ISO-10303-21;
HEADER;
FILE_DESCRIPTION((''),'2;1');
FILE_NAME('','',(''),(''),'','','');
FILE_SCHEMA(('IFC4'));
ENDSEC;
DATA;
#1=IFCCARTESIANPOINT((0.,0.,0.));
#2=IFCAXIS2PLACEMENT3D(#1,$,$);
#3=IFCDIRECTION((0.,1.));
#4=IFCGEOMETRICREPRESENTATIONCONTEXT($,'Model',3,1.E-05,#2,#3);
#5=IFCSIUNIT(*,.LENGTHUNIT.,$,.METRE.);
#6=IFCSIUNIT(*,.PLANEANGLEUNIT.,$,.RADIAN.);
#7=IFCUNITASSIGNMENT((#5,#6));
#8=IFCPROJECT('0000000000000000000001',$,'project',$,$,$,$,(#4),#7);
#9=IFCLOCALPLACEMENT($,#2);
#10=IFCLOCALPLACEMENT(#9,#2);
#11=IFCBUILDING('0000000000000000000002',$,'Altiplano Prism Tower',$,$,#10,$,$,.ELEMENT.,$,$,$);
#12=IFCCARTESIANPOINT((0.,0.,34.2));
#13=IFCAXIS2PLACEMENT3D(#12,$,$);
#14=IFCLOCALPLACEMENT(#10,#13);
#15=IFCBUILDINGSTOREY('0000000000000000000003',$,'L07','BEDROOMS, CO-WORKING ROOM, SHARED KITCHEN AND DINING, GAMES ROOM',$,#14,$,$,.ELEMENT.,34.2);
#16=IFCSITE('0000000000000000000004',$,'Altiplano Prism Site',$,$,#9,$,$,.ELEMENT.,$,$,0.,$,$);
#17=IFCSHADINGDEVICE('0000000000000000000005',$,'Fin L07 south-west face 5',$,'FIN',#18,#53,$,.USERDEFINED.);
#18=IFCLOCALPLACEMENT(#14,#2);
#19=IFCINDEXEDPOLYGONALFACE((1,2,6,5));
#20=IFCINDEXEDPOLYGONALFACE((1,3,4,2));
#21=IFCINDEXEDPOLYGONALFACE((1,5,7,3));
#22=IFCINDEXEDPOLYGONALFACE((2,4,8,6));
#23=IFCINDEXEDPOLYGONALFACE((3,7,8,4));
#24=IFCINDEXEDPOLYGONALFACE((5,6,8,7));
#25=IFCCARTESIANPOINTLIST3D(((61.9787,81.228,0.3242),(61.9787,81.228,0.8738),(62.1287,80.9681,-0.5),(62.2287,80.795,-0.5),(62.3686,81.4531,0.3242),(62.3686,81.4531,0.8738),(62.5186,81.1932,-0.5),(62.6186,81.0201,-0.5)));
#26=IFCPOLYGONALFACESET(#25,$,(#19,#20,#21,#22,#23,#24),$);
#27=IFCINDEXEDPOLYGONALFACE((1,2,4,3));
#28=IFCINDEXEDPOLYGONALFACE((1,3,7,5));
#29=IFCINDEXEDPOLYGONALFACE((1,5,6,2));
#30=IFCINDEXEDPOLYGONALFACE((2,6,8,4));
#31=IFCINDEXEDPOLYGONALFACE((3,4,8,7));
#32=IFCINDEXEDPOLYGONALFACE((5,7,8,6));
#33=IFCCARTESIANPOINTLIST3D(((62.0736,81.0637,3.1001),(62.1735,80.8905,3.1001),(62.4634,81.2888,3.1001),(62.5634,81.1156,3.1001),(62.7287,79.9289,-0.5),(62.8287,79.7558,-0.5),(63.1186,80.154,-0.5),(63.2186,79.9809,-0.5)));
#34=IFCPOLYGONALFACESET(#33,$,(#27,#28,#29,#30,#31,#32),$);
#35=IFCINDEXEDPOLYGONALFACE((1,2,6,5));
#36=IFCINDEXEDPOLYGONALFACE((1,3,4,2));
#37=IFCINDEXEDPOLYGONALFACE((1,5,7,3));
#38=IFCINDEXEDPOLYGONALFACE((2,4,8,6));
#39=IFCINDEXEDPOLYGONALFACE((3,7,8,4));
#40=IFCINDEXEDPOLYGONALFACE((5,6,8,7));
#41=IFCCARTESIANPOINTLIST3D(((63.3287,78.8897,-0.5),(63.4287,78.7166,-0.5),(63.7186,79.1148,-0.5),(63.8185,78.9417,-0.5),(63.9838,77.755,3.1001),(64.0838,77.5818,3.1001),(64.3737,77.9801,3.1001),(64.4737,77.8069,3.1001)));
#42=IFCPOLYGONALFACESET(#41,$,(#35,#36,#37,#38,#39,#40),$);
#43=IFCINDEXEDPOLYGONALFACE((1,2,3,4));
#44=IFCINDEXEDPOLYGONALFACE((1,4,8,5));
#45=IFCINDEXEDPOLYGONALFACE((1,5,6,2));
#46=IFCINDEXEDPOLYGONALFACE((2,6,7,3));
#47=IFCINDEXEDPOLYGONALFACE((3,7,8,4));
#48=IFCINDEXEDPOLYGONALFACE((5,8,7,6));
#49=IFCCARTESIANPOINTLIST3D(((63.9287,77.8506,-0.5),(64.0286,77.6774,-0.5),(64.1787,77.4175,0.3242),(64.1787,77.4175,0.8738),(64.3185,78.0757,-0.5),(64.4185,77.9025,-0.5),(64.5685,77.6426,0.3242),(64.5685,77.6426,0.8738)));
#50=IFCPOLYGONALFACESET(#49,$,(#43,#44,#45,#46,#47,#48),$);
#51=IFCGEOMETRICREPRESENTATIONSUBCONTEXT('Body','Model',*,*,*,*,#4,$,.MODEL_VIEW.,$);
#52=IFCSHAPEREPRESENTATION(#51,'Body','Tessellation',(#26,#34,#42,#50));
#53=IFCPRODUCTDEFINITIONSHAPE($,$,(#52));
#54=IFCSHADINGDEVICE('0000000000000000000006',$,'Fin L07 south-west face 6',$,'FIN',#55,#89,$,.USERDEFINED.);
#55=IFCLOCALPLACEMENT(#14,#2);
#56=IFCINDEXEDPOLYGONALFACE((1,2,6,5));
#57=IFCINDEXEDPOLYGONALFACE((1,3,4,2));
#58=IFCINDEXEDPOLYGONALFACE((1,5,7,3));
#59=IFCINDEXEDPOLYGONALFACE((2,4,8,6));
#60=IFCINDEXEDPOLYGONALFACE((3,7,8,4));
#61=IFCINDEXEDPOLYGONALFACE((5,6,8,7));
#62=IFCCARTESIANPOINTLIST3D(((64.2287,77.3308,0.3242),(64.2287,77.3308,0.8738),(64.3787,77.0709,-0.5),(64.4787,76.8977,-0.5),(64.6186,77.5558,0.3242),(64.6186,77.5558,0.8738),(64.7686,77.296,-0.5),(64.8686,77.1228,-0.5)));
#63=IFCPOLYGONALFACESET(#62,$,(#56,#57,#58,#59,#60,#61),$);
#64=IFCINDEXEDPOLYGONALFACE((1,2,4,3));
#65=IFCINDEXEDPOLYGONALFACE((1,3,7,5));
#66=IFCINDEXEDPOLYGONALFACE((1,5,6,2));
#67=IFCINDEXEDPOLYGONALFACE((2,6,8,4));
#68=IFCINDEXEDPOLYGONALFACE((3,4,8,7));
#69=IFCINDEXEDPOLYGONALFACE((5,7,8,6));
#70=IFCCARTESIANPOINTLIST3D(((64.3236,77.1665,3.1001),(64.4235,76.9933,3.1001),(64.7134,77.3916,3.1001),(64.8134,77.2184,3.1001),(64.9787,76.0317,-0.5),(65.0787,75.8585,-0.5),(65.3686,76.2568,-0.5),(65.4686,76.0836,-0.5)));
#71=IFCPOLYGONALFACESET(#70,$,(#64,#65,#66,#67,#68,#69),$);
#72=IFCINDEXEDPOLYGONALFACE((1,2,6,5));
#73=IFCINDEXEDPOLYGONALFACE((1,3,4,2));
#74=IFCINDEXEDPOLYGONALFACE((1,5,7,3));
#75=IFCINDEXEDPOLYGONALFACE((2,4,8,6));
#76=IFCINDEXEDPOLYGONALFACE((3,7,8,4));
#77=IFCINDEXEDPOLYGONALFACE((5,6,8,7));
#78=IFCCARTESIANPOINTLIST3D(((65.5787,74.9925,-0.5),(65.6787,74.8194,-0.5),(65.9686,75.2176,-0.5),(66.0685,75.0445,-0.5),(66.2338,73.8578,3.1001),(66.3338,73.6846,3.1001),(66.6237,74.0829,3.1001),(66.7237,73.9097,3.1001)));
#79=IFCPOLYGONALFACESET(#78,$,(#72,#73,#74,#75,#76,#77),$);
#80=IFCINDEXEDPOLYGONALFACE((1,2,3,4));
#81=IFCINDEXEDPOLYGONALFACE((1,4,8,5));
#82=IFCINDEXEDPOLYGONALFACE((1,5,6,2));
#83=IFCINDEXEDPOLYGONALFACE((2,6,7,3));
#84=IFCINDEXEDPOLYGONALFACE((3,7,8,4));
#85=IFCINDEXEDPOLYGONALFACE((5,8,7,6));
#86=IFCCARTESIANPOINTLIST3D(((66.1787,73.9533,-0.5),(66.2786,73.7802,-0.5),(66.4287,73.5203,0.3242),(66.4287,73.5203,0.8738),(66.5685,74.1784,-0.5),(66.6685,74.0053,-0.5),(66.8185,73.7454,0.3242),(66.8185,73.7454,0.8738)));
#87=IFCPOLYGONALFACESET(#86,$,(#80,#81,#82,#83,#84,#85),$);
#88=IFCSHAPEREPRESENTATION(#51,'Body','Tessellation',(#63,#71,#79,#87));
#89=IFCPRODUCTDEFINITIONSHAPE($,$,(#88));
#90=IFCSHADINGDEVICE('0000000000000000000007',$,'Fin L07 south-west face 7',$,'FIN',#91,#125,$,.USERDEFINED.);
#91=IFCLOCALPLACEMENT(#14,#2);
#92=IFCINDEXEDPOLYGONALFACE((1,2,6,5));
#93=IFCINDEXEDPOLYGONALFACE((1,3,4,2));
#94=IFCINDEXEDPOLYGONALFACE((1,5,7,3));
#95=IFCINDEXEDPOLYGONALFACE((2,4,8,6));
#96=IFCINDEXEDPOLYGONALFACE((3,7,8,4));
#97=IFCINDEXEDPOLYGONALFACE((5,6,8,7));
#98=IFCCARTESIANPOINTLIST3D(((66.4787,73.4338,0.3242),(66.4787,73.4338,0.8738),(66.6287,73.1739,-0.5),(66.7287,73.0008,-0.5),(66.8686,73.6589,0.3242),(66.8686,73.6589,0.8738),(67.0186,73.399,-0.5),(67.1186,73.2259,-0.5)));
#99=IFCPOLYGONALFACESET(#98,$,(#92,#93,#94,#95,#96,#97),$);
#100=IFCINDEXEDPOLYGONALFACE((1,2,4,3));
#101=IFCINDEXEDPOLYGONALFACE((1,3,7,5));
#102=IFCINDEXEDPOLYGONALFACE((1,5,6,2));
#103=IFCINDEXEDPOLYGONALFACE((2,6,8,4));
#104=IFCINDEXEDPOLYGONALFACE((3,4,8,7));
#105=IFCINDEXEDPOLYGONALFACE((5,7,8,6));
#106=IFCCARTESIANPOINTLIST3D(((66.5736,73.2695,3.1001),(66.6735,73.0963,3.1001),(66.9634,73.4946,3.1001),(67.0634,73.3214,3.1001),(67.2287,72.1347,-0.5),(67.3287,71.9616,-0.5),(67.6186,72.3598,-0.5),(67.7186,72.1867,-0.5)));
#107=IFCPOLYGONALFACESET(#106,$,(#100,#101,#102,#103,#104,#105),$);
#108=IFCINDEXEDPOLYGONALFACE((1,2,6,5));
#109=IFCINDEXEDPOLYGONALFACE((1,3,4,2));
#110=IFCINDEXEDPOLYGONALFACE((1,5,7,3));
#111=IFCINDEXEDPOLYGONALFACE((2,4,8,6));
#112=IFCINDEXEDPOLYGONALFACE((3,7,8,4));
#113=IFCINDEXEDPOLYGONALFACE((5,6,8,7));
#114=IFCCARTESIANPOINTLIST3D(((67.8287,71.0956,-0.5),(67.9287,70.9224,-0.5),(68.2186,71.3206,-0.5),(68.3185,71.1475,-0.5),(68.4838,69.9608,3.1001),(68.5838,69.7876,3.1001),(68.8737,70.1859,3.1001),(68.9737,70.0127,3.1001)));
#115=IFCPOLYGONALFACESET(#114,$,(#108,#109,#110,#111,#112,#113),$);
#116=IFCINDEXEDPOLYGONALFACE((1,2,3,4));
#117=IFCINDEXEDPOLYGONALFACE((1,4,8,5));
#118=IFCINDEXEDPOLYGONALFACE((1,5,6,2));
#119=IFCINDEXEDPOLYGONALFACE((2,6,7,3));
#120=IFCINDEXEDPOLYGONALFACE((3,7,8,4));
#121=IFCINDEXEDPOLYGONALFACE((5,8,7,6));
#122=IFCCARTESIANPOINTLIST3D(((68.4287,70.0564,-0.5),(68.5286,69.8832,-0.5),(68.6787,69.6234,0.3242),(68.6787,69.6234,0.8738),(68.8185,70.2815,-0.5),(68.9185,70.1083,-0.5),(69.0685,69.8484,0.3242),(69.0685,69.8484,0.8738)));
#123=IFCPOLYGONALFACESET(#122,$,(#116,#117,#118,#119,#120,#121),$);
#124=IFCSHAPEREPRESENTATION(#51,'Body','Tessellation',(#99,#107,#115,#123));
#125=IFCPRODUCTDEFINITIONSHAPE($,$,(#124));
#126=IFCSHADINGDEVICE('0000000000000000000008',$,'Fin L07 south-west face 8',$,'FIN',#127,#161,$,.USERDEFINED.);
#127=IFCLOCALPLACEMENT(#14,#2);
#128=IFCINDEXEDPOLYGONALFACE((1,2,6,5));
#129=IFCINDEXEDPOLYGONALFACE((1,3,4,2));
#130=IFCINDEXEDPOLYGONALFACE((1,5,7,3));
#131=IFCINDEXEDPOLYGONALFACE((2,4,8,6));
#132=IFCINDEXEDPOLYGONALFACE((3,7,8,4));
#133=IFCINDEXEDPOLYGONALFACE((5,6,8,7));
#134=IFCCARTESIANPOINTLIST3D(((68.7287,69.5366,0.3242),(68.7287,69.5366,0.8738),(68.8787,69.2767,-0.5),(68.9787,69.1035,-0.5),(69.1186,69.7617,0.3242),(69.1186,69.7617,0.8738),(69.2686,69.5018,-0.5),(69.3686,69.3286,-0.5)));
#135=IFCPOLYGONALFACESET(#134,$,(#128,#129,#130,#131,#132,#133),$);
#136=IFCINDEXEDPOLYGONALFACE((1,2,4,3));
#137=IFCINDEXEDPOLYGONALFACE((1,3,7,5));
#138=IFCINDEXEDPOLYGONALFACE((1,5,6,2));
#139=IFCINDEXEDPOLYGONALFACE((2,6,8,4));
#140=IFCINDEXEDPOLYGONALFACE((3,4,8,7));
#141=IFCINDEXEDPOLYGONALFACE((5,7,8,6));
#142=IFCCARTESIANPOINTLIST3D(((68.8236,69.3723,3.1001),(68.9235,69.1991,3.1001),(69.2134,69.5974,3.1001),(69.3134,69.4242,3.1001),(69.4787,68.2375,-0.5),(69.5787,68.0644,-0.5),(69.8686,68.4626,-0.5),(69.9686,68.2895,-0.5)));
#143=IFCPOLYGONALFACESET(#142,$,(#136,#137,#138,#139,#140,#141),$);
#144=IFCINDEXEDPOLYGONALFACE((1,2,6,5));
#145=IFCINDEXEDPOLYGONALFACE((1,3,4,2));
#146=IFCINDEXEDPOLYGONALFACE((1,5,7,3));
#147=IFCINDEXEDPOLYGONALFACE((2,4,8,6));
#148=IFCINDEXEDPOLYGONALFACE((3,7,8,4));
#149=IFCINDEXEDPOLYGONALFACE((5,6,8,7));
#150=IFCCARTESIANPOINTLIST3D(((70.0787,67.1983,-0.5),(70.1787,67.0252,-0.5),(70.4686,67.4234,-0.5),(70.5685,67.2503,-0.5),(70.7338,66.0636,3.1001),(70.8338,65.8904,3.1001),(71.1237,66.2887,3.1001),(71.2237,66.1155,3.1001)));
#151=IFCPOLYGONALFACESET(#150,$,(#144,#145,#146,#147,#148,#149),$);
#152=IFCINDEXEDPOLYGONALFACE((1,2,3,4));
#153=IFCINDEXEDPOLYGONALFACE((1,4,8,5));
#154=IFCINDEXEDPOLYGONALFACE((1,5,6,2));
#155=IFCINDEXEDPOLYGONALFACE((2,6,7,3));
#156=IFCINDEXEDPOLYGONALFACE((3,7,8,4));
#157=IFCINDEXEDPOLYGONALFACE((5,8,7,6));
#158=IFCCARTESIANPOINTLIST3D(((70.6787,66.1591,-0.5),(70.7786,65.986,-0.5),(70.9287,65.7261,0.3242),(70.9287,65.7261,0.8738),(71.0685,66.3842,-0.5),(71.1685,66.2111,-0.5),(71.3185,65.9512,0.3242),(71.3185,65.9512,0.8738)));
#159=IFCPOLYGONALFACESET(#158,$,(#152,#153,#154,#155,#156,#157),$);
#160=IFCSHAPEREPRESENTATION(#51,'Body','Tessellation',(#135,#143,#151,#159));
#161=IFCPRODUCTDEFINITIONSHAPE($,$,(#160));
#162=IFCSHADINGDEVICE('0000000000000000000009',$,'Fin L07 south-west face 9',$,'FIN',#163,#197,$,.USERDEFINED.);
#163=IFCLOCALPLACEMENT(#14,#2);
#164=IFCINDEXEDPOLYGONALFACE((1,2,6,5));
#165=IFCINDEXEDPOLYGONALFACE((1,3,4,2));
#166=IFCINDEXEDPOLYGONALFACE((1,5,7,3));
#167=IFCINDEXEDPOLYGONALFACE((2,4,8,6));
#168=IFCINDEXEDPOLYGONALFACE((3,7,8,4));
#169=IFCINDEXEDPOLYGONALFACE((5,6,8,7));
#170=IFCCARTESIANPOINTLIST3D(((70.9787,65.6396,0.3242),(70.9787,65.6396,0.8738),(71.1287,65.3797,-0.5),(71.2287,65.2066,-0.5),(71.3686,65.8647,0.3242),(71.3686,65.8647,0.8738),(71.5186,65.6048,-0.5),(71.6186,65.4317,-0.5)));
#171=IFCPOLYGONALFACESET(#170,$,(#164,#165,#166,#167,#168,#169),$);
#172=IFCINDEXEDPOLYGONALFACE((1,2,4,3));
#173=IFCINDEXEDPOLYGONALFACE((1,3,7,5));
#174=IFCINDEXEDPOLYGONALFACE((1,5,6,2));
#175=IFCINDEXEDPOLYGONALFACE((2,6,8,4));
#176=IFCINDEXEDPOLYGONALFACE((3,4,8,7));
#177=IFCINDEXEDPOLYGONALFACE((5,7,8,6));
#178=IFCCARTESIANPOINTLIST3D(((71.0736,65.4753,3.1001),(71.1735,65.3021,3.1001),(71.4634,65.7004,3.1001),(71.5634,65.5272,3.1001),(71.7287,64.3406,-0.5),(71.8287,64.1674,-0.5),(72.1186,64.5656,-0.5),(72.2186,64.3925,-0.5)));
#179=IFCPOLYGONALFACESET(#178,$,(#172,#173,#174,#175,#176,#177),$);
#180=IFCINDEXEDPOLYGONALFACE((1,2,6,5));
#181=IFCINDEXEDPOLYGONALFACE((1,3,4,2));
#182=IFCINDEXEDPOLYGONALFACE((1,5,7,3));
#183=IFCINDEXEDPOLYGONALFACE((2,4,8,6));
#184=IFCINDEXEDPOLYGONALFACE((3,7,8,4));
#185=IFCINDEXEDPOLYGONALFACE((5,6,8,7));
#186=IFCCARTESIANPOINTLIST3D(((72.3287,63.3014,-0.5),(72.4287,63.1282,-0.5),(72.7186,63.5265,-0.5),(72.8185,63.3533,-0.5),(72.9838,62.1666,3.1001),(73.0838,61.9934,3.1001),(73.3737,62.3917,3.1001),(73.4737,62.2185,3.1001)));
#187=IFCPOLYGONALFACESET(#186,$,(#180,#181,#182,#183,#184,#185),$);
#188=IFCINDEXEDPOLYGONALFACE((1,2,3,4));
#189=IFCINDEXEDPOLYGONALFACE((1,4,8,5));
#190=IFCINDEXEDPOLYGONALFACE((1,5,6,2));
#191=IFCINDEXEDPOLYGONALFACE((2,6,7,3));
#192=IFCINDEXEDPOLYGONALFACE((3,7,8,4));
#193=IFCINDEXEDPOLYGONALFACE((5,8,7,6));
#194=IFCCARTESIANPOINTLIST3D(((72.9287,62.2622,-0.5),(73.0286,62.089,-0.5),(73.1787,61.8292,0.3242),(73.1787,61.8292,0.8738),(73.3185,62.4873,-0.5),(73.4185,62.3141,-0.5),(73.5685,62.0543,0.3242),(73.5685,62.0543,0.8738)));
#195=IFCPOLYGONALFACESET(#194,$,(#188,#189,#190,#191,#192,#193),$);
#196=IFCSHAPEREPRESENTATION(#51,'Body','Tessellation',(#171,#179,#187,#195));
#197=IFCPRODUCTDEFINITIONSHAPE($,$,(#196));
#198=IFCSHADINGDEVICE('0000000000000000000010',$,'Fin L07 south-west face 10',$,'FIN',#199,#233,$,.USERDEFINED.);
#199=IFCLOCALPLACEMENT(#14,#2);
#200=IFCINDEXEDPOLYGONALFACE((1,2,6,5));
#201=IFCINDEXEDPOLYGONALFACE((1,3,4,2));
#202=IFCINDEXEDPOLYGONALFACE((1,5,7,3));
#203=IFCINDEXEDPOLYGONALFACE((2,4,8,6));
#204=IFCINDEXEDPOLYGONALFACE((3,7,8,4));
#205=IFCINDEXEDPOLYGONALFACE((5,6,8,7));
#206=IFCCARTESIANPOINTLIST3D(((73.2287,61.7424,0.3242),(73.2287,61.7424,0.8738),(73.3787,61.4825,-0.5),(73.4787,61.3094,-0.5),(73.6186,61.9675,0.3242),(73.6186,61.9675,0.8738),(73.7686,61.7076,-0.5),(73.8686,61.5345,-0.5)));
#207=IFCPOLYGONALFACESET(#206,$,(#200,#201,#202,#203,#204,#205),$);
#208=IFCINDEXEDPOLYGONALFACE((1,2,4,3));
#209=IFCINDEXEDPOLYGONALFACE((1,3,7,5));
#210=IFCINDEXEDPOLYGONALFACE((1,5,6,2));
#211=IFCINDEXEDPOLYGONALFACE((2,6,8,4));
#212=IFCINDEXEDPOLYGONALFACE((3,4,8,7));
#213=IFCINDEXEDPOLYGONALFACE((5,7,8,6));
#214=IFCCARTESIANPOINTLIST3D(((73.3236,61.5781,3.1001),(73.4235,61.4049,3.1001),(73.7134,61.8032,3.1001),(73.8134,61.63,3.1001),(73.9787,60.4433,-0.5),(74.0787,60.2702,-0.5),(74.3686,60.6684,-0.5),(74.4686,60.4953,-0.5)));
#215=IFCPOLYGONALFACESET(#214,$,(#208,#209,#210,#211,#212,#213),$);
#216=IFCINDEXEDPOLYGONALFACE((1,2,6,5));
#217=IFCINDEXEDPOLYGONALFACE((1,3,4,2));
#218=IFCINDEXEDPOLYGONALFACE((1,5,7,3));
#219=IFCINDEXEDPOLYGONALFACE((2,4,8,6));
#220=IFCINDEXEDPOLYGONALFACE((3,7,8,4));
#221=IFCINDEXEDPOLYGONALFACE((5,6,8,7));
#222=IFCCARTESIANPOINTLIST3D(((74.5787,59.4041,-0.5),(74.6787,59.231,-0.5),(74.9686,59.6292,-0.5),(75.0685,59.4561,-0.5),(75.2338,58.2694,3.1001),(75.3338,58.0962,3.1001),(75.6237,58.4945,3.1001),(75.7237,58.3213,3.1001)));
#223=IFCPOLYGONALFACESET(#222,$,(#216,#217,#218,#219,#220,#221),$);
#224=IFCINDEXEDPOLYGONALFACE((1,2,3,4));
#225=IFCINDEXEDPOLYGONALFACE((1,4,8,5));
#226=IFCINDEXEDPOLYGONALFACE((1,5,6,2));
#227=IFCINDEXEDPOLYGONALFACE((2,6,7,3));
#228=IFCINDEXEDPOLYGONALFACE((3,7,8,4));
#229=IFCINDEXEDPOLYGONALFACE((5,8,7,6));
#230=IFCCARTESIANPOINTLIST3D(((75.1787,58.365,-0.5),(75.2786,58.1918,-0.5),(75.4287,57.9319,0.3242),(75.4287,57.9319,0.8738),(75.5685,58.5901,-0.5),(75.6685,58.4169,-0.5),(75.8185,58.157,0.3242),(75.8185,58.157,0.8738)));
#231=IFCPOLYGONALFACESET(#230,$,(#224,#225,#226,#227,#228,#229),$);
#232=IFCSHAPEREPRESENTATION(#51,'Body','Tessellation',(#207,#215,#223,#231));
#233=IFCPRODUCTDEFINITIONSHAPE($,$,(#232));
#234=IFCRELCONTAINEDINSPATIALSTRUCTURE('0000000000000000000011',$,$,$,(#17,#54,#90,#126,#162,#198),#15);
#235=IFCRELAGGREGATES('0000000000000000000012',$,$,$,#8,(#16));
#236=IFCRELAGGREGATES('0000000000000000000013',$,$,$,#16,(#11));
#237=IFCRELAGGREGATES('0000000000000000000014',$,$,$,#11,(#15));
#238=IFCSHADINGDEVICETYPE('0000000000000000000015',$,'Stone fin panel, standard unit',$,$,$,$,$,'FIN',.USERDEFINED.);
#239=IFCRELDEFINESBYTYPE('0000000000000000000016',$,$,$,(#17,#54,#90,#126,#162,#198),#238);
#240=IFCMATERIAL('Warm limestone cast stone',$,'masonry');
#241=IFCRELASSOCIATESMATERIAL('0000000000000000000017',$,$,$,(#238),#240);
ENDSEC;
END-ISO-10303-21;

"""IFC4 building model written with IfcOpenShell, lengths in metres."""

from ifc_helpers import new_model, si_unit, direction, frame, origin, place, context, subcontext, project, spatial, polyline, outline, extrude, source, transform, mapped, material, type_object, element, save


model = new_model("IFC4")

# Units and contexts
model_context = context("Model", 3, precision=1e-05, world=origin(), true_north=direction((0.0, 1.0)))
body_context = subcontext(model_context, "Body", "Model", "MODEL_VIEW")
ifc_project = project(units=[si_unit("LENGTHUNIT", "METRE"), si_unit("PLANEANGLEUNIT", "RADIAN")], contexts=[model_context])

# Site, building, storey
site_placement = place(None, origin())
site = spatial("IfcSite", under=ifc_project, at=site_placement, Name="Altiplano Prism Site", CompositionType="ELEMENT", RefElevation=0.0)
building_placement = place(site_placement, origin())
building = spatial("IfcBuilding", under=site, at=building_placement, Name="Altiplano Prism Tower", CompositionType="ELEMENT")
storey_placement = place(building_placement, frame((0.0, 0.0, 34.2)))
storey = spatial("IfcBuildingStorey", under=building, at=storey_placement, Name="L07", Description="BEDROOMS, CO-WORKING ROOM, SHARED KITCHEN AND DINING, GAMES ROOM", CompositionType="ELEMENT", Elevation=34.2)

# Shading devices
ifc_material_1 = material(Name="Warm limestone cast stone", Category="masonry")
shading_device_type_1 = type_object("IfcShadingDeviceType", Name="Stone fin panel, standard unit", ElementType="FIN", PredefinedType="USERDEFINED", material=ifc_material_1)
shared_shape_1 = source(origin(), body_context, "Body", "SweptSolid", [
    extrude(outline(polyline([(-2.2, 1.3738), (-2.2, 0.8242), (-1.8999, 0.0), (-1.7, 0.0), (-2.2, 1.3738)])), frame((0.0, -0.1499, 0.0), z_axis=(0.0, -1.0, 0.0), x_axis=(1.0, 0.0, 0.0)), (0.0, 0.0, 1.0), 0.4502),
    extrude(outline(polyline([(-2.0103, 3.6001), (-0.7, 0.0), (-0.5, 0.0), (-1.8103, 3.6001), (-2.0103, 3.6001)])), frame((0.0, -0.1499, 0.0), z_axis=(0.0, -1.0, 0.0), x_axis=(1.0, 0.0, 0.0)), (0.0, 0.0, 1.0), 0.4502),
    extrude(outline(polyline([(1.8103, 3.6001), (0.5, 0.0), (0.7, 0.0), (2.0103, 3.6001), (1.8103, 3.6001)])), frame((0.0, -0.1499, 0.0), z_axis=(0.0, -1.0, 0.0), x_axis=(1.0, 0.0, 0.0)), (0.0, 0.0, 1.0), 0.4502),
    extrude(outline(polyline([(2.2, 0.8242), (2.2, 1.3738), (1.7, 0.0), (1.8999, 0.0), (2.2, 0.8242)])), frame((0.0, -0.1499, 0.0), z_axis=(0.0, -1.0, 0.0), x_axis=(1.0, 0.0, 0.0)), (0.0, 0.0, 1.0), 0.4502),
])
shading_device_1_placement = place(storey_placement, origin())
element("IfcShadingDevice", 1, at=shading_device_1_placement, inside=storey, type_object=shading_device_type_1, Name="Fin L07 south-west face 5", ObjectType="FIN", PredefinedType="USERDEFINED", context=body_context, shape_type="MappedRepresentation", body=[
    mapped(shared_shape_1, transform((63.5984, 79.6228, -0.5), x_axis=(0.5, -0.866025, 0.0), y_axis=(0.866025, 0.5, 0.0), z_axis=(0.0, 0.0, 1.0))),
])
shading_device_2_placement = place(storey_placement, origin())
element("IfcShadingDevice", 2, at=shading_device_2_placement, inside=storey, type_object=shading_device_type_1, Name="Fin L07 south-west face 6", ObjectType="FIN", PredefinedType="USERDEFINED", context=body_context, shape_type="MappedRepresentation", body=[
    mapped(shared_shape_1, transform((65.8484, 75.7256, -0.5), x_axis=(0.5, -0.866025, 0.0), y_axis=(0.866025, 0.5, 0.0), z_axis=(0.0, 0.0, 1.0))),
])
shading_device_3_placement = place(storey_placement, origin())
element("IfcShadingDevice", 3, at=shading_device_3_placement, inside=storey, type_object=shading_device_type_1, Name="Fin L07 south-west face 7", ObjectType="FIN", PredefinedType="USERDEFINED", context=body_context, shape_type="MappedRepresentation", body=[
    mapped(shared_shape_1, transform((68.0984, 71.8286, -0.5), x_axis=(0.5, -0.866025, 0.0), y_axis=(0.866025, 0.5, 0.0), z_axis=(0.0, 0.0, 1.0))),
])
shading_device_4_placement = place(storey_placement, origin())
element("IfcShadingDevice", 4, at=shading_device_4_placement, inside=storey, type_object=shading_device_type_1, Name="Fin L07 south-west face 8", ObjectType="FIN", PredefinedType="USERDEFINED", context=body_context, shape_type="MappedRepresentation", body=[
    mapped(shared_shape_1, transform((70.3484, 67.9314, -0.5), x_axis=(0.5, -0.866025, 0.0), y_axis=(0.866025, 0.5, 0.0), z_axis=(0.0, 0.0, 1.0))),
])
shading_device_5_placement = place(storey_placement, origin())
element("IfcShadingDevice", 5, at=shading_device_5_placement, inside=storey, type_object=shading_device_type_1, Name="Fin L07 south-west face 9", ObjectType="FIN", PredefinedType="USERDEFINED", context=body_context, shape_type="MappedRepresentation", body=[
    mapped(shared_shape_1, transform((72.5984, 64.0344, -0.5), x_axis=(0.5, -0.866025, 0.0), y_axis=(0.866025, 0.5, 0.0), z_axis=(0.0, 0.0, 1.0))),
])
shading_device_6_placement = place(storey_placement, origin())
element("IfcShadingDevice", 6, at=shading_device_6_placement, inside=storey, type_object=shading_device_type_1, Name="Fin L07 south-west face 10", ObjectType="FIN", PredefinedType="USERDEFINED", context=body_context, shape_type="MappedRepresentation", body=[
    mapped(shared_shape_1, transform((74.8484, 60.1372, -0.5), x_axis=(0.5, -0.866025, 0.0), y_axis=(0.866025, 0.5, 0.0), z_axis=(0.0, 0.0, 1.0))),
])

save(model, "model.ifc")
